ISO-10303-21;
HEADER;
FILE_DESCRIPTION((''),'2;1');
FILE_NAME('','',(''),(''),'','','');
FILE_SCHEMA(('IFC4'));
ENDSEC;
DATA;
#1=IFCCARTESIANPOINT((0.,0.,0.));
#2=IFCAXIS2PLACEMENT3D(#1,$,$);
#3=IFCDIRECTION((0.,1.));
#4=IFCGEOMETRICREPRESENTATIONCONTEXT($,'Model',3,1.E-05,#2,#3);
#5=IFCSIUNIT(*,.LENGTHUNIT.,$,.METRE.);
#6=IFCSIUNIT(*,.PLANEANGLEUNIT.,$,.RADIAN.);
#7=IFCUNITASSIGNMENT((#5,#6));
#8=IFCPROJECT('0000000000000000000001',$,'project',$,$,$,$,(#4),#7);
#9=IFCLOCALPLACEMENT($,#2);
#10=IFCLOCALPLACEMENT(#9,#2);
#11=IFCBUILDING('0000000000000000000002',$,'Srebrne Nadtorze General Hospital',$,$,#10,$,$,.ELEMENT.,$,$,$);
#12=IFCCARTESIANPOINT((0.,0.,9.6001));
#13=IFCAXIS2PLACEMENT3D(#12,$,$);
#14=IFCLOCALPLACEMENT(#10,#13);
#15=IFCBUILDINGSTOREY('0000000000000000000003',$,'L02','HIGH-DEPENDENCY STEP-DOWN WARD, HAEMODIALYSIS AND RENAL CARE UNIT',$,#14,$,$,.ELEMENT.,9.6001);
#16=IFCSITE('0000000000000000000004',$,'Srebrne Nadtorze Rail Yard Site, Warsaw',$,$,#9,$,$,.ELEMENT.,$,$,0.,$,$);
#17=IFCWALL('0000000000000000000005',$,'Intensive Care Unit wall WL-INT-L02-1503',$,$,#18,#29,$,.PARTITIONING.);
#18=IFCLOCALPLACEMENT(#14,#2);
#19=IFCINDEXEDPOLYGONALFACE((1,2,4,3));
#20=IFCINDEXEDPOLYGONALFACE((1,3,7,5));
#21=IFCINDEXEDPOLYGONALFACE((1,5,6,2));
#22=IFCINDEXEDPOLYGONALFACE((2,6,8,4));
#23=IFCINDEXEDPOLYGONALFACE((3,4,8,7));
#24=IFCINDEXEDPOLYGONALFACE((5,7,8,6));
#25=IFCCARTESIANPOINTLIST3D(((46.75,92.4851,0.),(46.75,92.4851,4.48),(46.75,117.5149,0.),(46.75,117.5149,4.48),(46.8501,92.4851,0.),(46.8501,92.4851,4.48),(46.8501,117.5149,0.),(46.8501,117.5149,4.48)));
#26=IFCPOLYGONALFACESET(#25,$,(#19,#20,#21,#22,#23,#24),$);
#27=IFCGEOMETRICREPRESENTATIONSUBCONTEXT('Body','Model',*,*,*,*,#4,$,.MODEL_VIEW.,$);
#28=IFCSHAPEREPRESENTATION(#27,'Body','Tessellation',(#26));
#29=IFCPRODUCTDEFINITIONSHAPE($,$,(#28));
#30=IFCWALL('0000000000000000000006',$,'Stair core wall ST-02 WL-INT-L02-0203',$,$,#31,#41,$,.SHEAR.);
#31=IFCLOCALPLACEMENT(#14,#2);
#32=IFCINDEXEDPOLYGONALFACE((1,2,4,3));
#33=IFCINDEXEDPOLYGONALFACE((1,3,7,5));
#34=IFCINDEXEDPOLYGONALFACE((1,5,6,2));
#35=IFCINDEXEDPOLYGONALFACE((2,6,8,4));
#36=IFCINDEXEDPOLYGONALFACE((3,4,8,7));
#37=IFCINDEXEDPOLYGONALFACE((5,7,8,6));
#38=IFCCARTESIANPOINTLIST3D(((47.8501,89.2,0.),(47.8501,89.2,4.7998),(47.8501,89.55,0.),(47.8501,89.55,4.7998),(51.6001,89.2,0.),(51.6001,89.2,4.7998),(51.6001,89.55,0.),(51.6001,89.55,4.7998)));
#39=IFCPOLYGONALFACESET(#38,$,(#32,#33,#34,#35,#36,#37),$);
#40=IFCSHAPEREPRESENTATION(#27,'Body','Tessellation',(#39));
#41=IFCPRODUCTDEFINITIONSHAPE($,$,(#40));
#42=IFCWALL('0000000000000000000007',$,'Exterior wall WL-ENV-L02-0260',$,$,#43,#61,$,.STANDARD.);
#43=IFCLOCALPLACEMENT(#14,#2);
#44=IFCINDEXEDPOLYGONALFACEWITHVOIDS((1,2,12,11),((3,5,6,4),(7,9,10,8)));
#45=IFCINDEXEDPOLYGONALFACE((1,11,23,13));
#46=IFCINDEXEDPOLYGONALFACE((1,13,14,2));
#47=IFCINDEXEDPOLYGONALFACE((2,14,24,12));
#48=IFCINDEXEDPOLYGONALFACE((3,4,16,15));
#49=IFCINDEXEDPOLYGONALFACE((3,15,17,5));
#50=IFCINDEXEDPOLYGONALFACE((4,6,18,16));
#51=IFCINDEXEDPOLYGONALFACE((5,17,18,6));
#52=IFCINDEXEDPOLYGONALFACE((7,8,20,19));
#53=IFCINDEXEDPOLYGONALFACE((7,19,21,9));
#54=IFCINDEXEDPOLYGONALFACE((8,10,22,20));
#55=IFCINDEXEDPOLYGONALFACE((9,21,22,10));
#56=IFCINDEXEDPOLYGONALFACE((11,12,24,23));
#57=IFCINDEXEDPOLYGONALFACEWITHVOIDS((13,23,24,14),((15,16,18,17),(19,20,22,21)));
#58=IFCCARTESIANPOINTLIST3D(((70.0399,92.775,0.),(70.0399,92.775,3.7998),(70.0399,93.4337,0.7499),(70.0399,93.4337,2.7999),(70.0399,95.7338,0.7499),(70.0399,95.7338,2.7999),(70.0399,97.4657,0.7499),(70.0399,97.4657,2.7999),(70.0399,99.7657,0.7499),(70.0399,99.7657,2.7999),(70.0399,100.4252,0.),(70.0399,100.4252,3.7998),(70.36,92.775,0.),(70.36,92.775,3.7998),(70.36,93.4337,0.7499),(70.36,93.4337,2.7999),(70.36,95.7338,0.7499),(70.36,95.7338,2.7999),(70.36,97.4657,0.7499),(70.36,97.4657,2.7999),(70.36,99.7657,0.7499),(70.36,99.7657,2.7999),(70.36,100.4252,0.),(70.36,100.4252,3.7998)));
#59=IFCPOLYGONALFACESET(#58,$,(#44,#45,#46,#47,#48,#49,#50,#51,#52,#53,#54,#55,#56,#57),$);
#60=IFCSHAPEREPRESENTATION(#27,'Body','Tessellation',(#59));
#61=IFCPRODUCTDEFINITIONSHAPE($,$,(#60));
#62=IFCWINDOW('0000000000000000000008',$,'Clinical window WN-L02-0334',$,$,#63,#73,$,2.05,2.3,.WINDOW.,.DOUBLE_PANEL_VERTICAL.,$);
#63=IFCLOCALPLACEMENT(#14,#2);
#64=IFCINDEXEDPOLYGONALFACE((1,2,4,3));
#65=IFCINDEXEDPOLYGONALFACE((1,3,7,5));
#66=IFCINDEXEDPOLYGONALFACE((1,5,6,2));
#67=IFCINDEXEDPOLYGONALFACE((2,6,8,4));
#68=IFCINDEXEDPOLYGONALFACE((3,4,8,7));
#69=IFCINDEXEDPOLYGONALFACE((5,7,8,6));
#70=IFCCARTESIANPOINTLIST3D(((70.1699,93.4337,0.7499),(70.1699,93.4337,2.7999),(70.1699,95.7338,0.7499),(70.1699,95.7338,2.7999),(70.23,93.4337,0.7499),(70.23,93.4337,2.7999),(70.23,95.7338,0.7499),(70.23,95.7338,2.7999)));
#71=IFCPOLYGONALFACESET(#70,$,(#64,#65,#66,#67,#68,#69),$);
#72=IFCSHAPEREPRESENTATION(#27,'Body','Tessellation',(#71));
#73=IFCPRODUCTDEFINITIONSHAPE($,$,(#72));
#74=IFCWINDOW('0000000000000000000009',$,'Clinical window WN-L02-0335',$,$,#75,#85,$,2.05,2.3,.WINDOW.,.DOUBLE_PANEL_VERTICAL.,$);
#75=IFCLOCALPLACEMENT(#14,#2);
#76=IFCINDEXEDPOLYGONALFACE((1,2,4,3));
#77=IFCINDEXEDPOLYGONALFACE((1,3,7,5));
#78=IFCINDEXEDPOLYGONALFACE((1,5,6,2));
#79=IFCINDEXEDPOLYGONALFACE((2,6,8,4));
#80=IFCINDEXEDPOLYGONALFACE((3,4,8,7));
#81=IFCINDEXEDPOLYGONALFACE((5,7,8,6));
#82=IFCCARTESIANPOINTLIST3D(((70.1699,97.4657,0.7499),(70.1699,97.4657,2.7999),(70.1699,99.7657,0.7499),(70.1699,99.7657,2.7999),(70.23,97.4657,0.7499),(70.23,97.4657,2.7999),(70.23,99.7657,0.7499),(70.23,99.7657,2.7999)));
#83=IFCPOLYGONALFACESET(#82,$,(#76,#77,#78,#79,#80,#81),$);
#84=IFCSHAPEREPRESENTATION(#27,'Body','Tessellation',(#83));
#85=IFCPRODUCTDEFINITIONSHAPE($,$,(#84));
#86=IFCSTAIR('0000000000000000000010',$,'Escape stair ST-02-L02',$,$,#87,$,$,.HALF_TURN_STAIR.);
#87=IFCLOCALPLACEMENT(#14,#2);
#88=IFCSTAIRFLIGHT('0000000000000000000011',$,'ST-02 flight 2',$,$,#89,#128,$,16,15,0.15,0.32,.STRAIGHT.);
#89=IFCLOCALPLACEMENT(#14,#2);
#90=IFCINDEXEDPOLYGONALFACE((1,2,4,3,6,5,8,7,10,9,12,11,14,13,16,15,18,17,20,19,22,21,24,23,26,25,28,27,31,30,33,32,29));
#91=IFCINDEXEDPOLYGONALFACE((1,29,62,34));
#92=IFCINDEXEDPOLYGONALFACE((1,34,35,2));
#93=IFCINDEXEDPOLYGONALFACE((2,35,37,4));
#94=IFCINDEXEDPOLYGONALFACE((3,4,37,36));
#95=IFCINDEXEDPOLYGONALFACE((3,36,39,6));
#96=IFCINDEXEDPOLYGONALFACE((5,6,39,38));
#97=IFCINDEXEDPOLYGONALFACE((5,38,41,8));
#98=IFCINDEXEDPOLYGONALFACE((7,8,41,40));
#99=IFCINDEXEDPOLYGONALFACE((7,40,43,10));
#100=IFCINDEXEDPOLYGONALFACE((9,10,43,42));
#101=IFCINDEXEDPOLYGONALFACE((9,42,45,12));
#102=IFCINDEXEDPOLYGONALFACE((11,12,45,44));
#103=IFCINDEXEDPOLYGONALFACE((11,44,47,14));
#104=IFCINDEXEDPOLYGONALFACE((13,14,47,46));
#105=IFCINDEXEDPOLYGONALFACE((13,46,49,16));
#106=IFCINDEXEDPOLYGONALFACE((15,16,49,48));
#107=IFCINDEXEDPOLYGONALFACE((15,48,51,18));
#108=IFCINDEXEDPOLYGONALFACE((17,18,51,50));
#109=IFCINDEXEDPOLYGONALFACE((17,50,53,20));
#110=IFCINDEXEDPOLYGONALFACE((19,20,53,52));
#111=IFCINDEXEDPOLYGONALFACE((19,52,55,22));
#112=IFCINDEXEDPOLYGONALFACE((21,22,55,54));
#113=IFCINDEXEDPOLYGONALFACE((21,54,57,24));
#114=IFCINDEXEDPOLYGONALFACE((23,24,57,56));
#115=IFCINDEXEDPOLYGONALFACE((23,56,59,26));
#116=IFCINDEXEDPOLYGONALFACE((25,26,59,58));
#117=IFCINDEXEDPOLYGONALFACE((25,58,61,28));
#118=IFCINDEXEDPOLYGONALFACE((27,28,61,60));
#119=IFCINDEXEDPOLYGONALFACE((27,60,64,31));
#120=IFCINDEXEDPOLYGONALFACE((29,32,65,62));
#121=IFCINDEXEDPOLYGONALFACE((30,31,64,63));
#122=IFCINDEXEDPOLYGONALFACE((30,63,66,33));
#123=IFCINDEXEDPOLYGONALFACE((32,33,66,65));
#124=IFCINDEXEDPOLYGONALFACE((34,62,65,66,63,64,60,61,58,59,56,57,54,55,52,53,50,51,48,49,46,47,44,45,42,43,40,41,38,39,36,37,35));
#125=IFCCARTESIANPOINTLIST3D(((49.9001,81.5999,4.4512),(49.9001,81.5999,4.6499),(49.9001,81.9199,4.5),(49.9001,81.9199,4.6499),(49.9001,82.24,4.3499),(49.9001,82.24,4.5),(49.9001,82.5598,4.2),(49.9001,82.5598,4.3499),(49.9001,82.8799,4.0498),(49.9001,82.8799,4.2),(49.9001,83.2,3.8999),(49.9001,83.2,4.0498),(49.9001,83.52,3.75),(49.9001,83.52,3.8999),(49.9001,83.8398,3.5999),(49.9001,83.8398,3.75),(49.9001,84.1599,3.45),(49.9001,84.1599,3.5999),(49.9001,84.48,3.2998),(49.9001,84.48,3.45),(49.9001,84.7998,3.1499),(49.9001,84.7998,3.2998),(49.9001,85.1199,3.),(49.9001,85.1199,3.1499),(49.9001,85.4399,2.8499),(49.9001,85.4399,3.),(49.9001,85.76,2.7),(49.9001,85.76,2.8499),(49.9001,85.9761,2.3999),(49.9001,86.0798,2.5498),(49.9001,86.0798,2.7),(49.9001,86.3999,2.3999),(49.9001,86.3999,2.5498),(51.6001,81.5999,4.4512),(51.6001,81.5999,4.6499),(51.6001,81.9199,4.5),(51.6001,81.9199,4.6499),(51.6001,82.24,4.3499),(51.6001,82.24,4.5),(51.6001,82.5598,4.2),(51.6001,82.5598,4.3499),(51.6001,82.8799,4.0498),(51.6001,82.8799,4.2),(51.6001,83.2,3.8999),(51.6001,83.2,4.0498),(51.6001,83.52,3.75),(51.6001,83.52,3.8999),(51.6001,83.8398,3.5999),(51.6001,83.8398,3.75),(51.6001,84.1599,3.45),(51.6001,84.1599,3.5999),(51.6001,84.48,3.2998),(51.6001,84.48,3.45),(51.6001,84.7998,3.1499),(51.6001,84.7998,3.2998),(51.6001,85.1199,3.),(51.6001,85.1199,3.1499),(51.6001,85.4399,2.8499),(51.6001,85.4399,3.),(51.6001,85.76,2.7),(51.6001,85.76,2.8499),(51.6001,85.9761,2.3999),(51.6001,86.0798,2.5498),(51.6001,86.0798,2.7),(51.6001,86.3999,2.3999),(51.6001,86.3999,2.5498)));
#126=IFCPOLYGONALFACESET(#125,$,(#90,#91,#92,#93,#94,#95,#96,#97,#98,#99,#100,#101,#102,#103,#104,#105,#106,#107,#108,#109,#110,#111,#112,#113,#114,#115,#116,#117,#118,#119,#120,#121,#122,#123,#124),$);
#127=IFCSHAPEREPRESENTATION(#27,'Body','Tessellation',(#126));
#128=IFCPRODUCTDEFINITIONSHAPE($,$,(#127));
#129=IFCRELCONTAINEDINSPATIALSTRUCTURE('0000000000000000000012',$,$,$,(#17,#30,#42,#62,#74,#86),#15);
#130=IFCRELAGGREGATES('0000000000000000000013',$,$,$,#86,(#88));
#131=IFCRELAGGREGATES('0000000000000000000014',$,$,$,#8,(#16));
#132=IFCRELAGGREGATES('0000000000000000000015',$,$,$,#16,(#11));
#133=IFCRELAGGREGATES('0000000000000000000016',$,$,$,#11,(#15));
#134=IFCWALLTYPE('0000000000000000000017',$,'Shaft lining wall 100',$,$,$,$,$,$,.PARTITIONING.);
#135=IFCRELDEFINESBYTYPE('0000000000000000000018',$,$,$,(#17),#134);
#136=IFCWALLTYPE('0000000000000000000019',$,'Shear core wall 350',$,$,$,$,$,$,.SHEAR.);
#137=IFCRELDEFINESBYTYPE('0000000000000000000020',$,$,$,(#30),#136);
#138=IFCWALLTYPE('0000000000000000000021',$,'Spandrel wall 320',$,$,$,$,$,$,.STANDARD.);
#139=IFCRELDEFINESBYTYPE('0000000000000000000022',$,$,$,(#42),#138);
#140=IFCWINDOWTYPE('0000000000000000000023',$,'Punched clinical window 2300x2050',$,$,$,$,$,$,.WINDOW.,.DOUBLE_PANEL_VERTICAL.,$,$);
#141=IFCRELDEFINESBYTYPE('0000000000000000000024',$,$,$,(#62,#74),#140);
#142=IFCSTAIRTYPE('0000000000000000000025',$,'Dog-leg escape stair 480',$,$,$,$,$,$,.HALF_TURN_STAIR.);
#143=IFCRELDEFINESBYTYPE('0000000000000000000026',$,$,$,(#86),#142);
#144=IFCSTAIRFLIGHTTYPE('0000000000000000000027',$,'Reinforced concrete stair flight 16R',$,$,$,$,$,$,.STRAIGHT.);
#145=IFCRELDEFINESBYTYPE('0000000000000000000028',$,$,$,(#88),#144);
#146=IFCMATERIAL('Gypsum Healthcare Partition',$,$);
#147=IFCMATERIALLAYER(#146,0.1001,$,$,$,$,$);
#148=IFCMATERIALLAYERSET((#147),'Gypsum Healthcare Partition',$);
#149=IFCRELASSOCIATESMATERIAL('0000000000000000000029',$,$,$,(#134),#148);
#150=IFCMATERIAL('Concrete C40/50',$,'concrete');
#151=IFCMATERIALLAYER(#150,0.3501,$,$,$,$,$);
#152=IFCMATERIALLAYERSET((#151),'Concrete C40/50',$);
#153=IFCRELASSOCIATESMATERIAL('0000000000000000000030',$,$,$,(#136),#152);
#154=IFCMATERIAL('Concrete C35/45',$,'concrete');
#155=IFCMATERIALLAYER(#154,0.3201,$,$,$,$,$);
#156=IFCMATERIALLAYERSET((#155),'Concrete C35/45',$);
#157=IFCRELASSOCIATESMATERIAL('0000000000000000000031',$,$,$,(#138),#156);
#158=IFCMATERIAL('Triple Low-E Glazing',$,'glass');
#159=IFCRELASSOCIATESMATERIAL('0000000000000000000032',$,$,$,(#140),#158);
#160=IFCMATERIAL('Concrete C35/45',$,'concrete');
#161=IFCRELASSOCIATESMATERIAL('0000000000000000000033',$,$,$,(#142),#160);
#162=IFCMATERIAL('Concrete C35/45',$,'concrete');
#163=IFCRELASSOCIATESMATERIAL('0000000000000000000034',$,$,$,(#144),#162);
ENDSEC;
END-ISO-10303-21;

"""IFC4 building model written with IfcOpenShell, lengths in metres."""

from ifc_helpers import new_model, si_unit, direction, frame, frame_2d, origin, place, context, subcontext, project, spatial, polyline, rectangle, outline, extrude, material, layer, layer_set, type_object, element, fill, aggregate, save


model = new_model("IFC4")

# Units and contexts
model_context = context("Model", 3, precision=1e-05, world=origin(), true_north=direction((0.0, 1.0)))
body_context = subcontext(model_context, "Body", "Model", "MODEL_VIEW")
ifc_project = project(units=[si_unit("LENGTHUNIT", "METRE"), si_unit("PLANEANGLEUNIT", "RADIAN")], contexts=[model_context])

# Site, building, storey
site_placement = place(None, origin())
site = spatial("IfcSite", under=ifc_project, at=site_placement, Name="Srebrne Nadtorze Rail Yard Site, Warsaw", CompositionType="ELEMENT", RefElevation=0.0)
building_placement = place(site_placement, origin())
building = spatial("IfcBuilding", under=site, at=building_placement, Name="Srebrne Nadtorze General Hospital", CompositionType="ELEMENT")
storey_placement = place(building_placement, frame((0.0, 0.0, 9.6001)))
storey = spatial("IfcBuildingStorey", under=building, at=storey_placement, Name="L02", Description="HIGH-DEPENDENCY STEP-DOWN WARD, HAEMODIALYSIS AND RENAL CARE UNIT", CompositionType="ELEMENT", Elevation=9.6001)

# Walls
ifc_material_1 = material(Name="Gypsum Healthcare Partition")
ifc_layer_1 = layer(ifc_material_1, 0.1001)
ifc_layer_set_1 = layer_set([ifc_layer_1], Name="Gypsum Healthcare Partition")
wall_type_1 = type_object("IfcWallType", Name="Shaft lining wall 100", PredefinedType="PARTITIONING", material=ifc_layer_set_1)
wall_1_placement = place(storey_placement, frame((46.8, 92.4851, 0.0), z_axis=(0.0, 0.0, 1.0), x_axis=(0.0, 1.0, 0.0)))
element("IfcWall", 1, at=wall_1_placement, inside=storey, type_object=wall_type_1, Name="Intensive Care Unit wall WL-INT-L02-1503", PredefinedType="PARTITIONING", context=body_context, shape_type="SweptSolid", body=[
    extrude(rectangle(XDim=25.0298, YDim=0.1001, at=frame_2d((12.5149, 0.0))), origin(), (0.0, 0.0, 1.0), 4.48),
])
ifc_material_2 = material(Name="Concrete C40/50", Category="concrete")
ifc_layer_2 = layer(ifc_material_2, 0.3501)
ifc_layer_set_2 = layer_set([ifc_layer_2], Name="Concrete C40/50")
wall_type_2 = type_object("IfcWallType", Name="Shear core wall 350", PredefinedType="SHEAR", material=ifc_layer_set_2)
wall_2_placement = place(storey_placement, frame((47.8501, 89.375, 0.0), z_axis=(0.0, 0.0, 1.0), x_axis=(1.0, 0.0, 0.0)))
element("IfcWall", 2, at=wall_2_placement, inside=storey, type_object=wall_type_2, Name="Stair core wall ST-02 WL-INT-L02-0203", PredefinedType="SHEAR", context=body_context, shape_type="SweptSolid", body=[
    extrude(rectangle(XDim=3.75, YDim=0.3501, at=frame_2d((1.875, 0.0))), origin(), (0.0, 0.0, 1.0), 4.7998),
])

# Wall, openings, windows
ifc_material_3 = material(Name="Concrete C35/45", Category="concrete")
ifc_layer_3 = layer(ifc_material_3, 0.3201)
ifc_layer_set_3 = layer_set([ifc_layer_3], Name="Concrete C35/45")
wall_type_3 = type_object("IfcWallType", Name="Spandrel wall 320", PredefinedType="STANDARD", material=ifc_layer_set_3)
wall_3_placement = place(storey_placement, frame((70.2, 92.7749, 0.0), z_axis=(0.0, 0.0, 1.0), x_axis=(0.0, 1.0, 0.0)))
wall_3 = element("IfcWall", 3, at=wall_3_placement, inside=storey, type_object=wall_type_3, Name="Exterior wall WL-ENV-L02-0260", PredefinedType="STANDARD", context=body_context, shape_type="SweptSolid", body=[
    extrude(rectangle(XDim=7.6501, YDim=0.3201, at=frame_2d((3.8252, 0.0))), origin(), (0.0, 0.0, 1.0), 3.7998),
])
opening_1_placement = place(wall_3_placement, frame((0.6589, 0.0, 0.75)))
opening_1 = element("IfcOpeningElement", 4, at=opening_1_placement, cuts=wall_3, PredefinedType="OPENING", context=body_context, shape_type="SweptSolid", body=[
    extrude(rectangle(XDim=2.3, YDim=2.05, at=frame_2d((1.1499, 1.0249))), frame((0.0, 0.1719, 0.0), z_axis=(0.0, -1.0, 0.0), x_axis=(1.0, 0.0, 0.0)), (0.0, 0.0, 1.0), 0.344),
])
opening_2_placement = place(wall_3_placement, frame((4.6909, 0.0, 0.75)))
opening_2 = element("IfcOpeningElement", 5, at=opening_2_placement, cuts=wall_3, PredefinedType="OPENING", context=body_context, shape_type="SweptSolid", body=[
    extrude(rectangle(XDim=2.3, YDim=2.05, at=frame_2d((1.1499, 1.0249))), frame((0.0, 0.1719, 0.0), z_axis=(0.0, -1.0, 0.0), x_axis=(1.0, 0.0, 0.0)), (0.0, 0.0, 1.0), 0.344),
])
ifc_material_4 = material(Name="Triple Low-E Glazing", Category="glass")
window_type = type_object("IfcWindowType", Name="Punched clinical window 2300x2050", PartitioningType="DOUBLE_PANEL_VERTICAL", PredefinedType="WINDOW", material=ifc_material_4)
window_1_placement = place(opening_1_placement, origin())
window_1 = element("IfcWindow", 6, at=window_1_placement, inside=storey, type_object=window_type, Name="Clinical window WN-L02-0334", OverallHeight=2.05, OverallWidth=2.3, PartitioningType="DOUBLE_PANEL_VERTICAL", PredefinedType="WINDOW", context=body_context, shape_type="SweptSolid", body=[
    extrude(rectangle(XDim=2.3, YDim=2.05, at=frame_2d((1.1499, 1.0249))), frame((0.0, 0.03, 0.0), z_axis=(0.0, -1.0, 0.0), x_axis=(1.0, 0.0, 0.0)), (0.0, 0.0, 1.0), 0.0601),
])
fill(opening_1, window_1)
window_2_placement = place(opening_2_placement, origin())
window_2 = element("IfcWindow", 7, at=window_2_placement, inside=storey, type_object=window_type, Name="Clinical window WN-L02-0335", OverallHeight=2.05, OverallWidth=2.3, PartitioningType="DOUBLE_PANEL_VERTICAL", PredefinedType="WINDOW", context=body_context, shape_type="SweptSolid", body=[
    extrude(rectangle(XDim=2.3, YDim=2.05, at=frame_2d((1.1499, 1.0249))), frame((0.0, 0.03, 0.0), z_axis=(0.0, -1.0, 0.0), x_axis=(1.0, 0.0, 0.0)), (0.0, 0.0, 1.0), 0.0601),
])
fill(opening_2, window_2)

# Stair, stair flight
ifc_material_5 = material(Name="Concrete C35/45", Category="concrete")
stair_type = type_object("IfcStairType", Name="Dog-leg escape stair 480", PredefinedType="HALF_TURN_STAIR", material=ifc_material_5)
stair_placement = place(storey_placement, origin())
stair = element("IfcStair", 8, at=stair_placement, inside=storey, type_object=stair_type, Name="Escape stair ST-02-L02", PredefinedType="HALF_TURN_STAIR")
ifc_material_6 = material(Name="Concrete C35/45", Category="concrete")
stair_flight_type = type_object("IfcStairFlightType", Name="Reinforced concrete stair flight 16R", PredefinedType="STRAIGHT", material=ifc_material_6)
stair_flight_placement = place(storey_placement, frame((50.75, 86.3999, 2.3999), z_axis=(0.0, 0.0, 1.0), x_axis=(0.0, -1.0, 0.0)))
stair_flight = element("IfcStairFlight", 9, at=stair_flight_placement, type_object=stair_flight_type, Name="ST-02 flight 2", NumberOfRisers=16, NumberOfTreads=15, PredefinedType="STRAIGHT", RiserHeight=0.15, TreadLength=0.32, context=body_context, shape_type="SweptSolid", body=[
    extrude(outline(polyline([(0.0, 0.0), (0.0, 0.1499), (0.3201, 0.1499), (0.3201, 0.3), (0.6399, 0.3), (0.6399, 0.45), (0.96, 0.45), (0.96, 0.6001), (1.28, 0.6001), (1.28, 0.75), (1.6001, 0.75), (1.6001, 0.8999), (1.9199, 0.8999), (1.9199, 1.05), (2.24, 1.05), (2.24, 1.2), (2.5601, 1.2), (2.5601, 1.3501), (2.8799, 1.3501), (2.8799, 1.5), (3.2, 1.5), (3.2, 1.6499), (3.52, 1.6499), (3.52, 1.8), (3.8401, 1.8), (3.8401, 1.95), (4.1599, 1.95), (4.1599, 2.1001), (4.48, 2.1001), (4.48, 2.25), (4.8, 2.25), (4.8, 2.3999), (4.8, 2.0513), (0.4238, 0.0), (0.0, 0.0)])), frame((0.0, 0.8501, 0.0), z_axis=(0.0, -1.0, 0.0), x_axis=(1.0, 0.0, 0.0)), (0.0, 0.0, 1.0), 1.7),
])
aggregate(stair, [stair_flight])

save(model, "model.ifc")
